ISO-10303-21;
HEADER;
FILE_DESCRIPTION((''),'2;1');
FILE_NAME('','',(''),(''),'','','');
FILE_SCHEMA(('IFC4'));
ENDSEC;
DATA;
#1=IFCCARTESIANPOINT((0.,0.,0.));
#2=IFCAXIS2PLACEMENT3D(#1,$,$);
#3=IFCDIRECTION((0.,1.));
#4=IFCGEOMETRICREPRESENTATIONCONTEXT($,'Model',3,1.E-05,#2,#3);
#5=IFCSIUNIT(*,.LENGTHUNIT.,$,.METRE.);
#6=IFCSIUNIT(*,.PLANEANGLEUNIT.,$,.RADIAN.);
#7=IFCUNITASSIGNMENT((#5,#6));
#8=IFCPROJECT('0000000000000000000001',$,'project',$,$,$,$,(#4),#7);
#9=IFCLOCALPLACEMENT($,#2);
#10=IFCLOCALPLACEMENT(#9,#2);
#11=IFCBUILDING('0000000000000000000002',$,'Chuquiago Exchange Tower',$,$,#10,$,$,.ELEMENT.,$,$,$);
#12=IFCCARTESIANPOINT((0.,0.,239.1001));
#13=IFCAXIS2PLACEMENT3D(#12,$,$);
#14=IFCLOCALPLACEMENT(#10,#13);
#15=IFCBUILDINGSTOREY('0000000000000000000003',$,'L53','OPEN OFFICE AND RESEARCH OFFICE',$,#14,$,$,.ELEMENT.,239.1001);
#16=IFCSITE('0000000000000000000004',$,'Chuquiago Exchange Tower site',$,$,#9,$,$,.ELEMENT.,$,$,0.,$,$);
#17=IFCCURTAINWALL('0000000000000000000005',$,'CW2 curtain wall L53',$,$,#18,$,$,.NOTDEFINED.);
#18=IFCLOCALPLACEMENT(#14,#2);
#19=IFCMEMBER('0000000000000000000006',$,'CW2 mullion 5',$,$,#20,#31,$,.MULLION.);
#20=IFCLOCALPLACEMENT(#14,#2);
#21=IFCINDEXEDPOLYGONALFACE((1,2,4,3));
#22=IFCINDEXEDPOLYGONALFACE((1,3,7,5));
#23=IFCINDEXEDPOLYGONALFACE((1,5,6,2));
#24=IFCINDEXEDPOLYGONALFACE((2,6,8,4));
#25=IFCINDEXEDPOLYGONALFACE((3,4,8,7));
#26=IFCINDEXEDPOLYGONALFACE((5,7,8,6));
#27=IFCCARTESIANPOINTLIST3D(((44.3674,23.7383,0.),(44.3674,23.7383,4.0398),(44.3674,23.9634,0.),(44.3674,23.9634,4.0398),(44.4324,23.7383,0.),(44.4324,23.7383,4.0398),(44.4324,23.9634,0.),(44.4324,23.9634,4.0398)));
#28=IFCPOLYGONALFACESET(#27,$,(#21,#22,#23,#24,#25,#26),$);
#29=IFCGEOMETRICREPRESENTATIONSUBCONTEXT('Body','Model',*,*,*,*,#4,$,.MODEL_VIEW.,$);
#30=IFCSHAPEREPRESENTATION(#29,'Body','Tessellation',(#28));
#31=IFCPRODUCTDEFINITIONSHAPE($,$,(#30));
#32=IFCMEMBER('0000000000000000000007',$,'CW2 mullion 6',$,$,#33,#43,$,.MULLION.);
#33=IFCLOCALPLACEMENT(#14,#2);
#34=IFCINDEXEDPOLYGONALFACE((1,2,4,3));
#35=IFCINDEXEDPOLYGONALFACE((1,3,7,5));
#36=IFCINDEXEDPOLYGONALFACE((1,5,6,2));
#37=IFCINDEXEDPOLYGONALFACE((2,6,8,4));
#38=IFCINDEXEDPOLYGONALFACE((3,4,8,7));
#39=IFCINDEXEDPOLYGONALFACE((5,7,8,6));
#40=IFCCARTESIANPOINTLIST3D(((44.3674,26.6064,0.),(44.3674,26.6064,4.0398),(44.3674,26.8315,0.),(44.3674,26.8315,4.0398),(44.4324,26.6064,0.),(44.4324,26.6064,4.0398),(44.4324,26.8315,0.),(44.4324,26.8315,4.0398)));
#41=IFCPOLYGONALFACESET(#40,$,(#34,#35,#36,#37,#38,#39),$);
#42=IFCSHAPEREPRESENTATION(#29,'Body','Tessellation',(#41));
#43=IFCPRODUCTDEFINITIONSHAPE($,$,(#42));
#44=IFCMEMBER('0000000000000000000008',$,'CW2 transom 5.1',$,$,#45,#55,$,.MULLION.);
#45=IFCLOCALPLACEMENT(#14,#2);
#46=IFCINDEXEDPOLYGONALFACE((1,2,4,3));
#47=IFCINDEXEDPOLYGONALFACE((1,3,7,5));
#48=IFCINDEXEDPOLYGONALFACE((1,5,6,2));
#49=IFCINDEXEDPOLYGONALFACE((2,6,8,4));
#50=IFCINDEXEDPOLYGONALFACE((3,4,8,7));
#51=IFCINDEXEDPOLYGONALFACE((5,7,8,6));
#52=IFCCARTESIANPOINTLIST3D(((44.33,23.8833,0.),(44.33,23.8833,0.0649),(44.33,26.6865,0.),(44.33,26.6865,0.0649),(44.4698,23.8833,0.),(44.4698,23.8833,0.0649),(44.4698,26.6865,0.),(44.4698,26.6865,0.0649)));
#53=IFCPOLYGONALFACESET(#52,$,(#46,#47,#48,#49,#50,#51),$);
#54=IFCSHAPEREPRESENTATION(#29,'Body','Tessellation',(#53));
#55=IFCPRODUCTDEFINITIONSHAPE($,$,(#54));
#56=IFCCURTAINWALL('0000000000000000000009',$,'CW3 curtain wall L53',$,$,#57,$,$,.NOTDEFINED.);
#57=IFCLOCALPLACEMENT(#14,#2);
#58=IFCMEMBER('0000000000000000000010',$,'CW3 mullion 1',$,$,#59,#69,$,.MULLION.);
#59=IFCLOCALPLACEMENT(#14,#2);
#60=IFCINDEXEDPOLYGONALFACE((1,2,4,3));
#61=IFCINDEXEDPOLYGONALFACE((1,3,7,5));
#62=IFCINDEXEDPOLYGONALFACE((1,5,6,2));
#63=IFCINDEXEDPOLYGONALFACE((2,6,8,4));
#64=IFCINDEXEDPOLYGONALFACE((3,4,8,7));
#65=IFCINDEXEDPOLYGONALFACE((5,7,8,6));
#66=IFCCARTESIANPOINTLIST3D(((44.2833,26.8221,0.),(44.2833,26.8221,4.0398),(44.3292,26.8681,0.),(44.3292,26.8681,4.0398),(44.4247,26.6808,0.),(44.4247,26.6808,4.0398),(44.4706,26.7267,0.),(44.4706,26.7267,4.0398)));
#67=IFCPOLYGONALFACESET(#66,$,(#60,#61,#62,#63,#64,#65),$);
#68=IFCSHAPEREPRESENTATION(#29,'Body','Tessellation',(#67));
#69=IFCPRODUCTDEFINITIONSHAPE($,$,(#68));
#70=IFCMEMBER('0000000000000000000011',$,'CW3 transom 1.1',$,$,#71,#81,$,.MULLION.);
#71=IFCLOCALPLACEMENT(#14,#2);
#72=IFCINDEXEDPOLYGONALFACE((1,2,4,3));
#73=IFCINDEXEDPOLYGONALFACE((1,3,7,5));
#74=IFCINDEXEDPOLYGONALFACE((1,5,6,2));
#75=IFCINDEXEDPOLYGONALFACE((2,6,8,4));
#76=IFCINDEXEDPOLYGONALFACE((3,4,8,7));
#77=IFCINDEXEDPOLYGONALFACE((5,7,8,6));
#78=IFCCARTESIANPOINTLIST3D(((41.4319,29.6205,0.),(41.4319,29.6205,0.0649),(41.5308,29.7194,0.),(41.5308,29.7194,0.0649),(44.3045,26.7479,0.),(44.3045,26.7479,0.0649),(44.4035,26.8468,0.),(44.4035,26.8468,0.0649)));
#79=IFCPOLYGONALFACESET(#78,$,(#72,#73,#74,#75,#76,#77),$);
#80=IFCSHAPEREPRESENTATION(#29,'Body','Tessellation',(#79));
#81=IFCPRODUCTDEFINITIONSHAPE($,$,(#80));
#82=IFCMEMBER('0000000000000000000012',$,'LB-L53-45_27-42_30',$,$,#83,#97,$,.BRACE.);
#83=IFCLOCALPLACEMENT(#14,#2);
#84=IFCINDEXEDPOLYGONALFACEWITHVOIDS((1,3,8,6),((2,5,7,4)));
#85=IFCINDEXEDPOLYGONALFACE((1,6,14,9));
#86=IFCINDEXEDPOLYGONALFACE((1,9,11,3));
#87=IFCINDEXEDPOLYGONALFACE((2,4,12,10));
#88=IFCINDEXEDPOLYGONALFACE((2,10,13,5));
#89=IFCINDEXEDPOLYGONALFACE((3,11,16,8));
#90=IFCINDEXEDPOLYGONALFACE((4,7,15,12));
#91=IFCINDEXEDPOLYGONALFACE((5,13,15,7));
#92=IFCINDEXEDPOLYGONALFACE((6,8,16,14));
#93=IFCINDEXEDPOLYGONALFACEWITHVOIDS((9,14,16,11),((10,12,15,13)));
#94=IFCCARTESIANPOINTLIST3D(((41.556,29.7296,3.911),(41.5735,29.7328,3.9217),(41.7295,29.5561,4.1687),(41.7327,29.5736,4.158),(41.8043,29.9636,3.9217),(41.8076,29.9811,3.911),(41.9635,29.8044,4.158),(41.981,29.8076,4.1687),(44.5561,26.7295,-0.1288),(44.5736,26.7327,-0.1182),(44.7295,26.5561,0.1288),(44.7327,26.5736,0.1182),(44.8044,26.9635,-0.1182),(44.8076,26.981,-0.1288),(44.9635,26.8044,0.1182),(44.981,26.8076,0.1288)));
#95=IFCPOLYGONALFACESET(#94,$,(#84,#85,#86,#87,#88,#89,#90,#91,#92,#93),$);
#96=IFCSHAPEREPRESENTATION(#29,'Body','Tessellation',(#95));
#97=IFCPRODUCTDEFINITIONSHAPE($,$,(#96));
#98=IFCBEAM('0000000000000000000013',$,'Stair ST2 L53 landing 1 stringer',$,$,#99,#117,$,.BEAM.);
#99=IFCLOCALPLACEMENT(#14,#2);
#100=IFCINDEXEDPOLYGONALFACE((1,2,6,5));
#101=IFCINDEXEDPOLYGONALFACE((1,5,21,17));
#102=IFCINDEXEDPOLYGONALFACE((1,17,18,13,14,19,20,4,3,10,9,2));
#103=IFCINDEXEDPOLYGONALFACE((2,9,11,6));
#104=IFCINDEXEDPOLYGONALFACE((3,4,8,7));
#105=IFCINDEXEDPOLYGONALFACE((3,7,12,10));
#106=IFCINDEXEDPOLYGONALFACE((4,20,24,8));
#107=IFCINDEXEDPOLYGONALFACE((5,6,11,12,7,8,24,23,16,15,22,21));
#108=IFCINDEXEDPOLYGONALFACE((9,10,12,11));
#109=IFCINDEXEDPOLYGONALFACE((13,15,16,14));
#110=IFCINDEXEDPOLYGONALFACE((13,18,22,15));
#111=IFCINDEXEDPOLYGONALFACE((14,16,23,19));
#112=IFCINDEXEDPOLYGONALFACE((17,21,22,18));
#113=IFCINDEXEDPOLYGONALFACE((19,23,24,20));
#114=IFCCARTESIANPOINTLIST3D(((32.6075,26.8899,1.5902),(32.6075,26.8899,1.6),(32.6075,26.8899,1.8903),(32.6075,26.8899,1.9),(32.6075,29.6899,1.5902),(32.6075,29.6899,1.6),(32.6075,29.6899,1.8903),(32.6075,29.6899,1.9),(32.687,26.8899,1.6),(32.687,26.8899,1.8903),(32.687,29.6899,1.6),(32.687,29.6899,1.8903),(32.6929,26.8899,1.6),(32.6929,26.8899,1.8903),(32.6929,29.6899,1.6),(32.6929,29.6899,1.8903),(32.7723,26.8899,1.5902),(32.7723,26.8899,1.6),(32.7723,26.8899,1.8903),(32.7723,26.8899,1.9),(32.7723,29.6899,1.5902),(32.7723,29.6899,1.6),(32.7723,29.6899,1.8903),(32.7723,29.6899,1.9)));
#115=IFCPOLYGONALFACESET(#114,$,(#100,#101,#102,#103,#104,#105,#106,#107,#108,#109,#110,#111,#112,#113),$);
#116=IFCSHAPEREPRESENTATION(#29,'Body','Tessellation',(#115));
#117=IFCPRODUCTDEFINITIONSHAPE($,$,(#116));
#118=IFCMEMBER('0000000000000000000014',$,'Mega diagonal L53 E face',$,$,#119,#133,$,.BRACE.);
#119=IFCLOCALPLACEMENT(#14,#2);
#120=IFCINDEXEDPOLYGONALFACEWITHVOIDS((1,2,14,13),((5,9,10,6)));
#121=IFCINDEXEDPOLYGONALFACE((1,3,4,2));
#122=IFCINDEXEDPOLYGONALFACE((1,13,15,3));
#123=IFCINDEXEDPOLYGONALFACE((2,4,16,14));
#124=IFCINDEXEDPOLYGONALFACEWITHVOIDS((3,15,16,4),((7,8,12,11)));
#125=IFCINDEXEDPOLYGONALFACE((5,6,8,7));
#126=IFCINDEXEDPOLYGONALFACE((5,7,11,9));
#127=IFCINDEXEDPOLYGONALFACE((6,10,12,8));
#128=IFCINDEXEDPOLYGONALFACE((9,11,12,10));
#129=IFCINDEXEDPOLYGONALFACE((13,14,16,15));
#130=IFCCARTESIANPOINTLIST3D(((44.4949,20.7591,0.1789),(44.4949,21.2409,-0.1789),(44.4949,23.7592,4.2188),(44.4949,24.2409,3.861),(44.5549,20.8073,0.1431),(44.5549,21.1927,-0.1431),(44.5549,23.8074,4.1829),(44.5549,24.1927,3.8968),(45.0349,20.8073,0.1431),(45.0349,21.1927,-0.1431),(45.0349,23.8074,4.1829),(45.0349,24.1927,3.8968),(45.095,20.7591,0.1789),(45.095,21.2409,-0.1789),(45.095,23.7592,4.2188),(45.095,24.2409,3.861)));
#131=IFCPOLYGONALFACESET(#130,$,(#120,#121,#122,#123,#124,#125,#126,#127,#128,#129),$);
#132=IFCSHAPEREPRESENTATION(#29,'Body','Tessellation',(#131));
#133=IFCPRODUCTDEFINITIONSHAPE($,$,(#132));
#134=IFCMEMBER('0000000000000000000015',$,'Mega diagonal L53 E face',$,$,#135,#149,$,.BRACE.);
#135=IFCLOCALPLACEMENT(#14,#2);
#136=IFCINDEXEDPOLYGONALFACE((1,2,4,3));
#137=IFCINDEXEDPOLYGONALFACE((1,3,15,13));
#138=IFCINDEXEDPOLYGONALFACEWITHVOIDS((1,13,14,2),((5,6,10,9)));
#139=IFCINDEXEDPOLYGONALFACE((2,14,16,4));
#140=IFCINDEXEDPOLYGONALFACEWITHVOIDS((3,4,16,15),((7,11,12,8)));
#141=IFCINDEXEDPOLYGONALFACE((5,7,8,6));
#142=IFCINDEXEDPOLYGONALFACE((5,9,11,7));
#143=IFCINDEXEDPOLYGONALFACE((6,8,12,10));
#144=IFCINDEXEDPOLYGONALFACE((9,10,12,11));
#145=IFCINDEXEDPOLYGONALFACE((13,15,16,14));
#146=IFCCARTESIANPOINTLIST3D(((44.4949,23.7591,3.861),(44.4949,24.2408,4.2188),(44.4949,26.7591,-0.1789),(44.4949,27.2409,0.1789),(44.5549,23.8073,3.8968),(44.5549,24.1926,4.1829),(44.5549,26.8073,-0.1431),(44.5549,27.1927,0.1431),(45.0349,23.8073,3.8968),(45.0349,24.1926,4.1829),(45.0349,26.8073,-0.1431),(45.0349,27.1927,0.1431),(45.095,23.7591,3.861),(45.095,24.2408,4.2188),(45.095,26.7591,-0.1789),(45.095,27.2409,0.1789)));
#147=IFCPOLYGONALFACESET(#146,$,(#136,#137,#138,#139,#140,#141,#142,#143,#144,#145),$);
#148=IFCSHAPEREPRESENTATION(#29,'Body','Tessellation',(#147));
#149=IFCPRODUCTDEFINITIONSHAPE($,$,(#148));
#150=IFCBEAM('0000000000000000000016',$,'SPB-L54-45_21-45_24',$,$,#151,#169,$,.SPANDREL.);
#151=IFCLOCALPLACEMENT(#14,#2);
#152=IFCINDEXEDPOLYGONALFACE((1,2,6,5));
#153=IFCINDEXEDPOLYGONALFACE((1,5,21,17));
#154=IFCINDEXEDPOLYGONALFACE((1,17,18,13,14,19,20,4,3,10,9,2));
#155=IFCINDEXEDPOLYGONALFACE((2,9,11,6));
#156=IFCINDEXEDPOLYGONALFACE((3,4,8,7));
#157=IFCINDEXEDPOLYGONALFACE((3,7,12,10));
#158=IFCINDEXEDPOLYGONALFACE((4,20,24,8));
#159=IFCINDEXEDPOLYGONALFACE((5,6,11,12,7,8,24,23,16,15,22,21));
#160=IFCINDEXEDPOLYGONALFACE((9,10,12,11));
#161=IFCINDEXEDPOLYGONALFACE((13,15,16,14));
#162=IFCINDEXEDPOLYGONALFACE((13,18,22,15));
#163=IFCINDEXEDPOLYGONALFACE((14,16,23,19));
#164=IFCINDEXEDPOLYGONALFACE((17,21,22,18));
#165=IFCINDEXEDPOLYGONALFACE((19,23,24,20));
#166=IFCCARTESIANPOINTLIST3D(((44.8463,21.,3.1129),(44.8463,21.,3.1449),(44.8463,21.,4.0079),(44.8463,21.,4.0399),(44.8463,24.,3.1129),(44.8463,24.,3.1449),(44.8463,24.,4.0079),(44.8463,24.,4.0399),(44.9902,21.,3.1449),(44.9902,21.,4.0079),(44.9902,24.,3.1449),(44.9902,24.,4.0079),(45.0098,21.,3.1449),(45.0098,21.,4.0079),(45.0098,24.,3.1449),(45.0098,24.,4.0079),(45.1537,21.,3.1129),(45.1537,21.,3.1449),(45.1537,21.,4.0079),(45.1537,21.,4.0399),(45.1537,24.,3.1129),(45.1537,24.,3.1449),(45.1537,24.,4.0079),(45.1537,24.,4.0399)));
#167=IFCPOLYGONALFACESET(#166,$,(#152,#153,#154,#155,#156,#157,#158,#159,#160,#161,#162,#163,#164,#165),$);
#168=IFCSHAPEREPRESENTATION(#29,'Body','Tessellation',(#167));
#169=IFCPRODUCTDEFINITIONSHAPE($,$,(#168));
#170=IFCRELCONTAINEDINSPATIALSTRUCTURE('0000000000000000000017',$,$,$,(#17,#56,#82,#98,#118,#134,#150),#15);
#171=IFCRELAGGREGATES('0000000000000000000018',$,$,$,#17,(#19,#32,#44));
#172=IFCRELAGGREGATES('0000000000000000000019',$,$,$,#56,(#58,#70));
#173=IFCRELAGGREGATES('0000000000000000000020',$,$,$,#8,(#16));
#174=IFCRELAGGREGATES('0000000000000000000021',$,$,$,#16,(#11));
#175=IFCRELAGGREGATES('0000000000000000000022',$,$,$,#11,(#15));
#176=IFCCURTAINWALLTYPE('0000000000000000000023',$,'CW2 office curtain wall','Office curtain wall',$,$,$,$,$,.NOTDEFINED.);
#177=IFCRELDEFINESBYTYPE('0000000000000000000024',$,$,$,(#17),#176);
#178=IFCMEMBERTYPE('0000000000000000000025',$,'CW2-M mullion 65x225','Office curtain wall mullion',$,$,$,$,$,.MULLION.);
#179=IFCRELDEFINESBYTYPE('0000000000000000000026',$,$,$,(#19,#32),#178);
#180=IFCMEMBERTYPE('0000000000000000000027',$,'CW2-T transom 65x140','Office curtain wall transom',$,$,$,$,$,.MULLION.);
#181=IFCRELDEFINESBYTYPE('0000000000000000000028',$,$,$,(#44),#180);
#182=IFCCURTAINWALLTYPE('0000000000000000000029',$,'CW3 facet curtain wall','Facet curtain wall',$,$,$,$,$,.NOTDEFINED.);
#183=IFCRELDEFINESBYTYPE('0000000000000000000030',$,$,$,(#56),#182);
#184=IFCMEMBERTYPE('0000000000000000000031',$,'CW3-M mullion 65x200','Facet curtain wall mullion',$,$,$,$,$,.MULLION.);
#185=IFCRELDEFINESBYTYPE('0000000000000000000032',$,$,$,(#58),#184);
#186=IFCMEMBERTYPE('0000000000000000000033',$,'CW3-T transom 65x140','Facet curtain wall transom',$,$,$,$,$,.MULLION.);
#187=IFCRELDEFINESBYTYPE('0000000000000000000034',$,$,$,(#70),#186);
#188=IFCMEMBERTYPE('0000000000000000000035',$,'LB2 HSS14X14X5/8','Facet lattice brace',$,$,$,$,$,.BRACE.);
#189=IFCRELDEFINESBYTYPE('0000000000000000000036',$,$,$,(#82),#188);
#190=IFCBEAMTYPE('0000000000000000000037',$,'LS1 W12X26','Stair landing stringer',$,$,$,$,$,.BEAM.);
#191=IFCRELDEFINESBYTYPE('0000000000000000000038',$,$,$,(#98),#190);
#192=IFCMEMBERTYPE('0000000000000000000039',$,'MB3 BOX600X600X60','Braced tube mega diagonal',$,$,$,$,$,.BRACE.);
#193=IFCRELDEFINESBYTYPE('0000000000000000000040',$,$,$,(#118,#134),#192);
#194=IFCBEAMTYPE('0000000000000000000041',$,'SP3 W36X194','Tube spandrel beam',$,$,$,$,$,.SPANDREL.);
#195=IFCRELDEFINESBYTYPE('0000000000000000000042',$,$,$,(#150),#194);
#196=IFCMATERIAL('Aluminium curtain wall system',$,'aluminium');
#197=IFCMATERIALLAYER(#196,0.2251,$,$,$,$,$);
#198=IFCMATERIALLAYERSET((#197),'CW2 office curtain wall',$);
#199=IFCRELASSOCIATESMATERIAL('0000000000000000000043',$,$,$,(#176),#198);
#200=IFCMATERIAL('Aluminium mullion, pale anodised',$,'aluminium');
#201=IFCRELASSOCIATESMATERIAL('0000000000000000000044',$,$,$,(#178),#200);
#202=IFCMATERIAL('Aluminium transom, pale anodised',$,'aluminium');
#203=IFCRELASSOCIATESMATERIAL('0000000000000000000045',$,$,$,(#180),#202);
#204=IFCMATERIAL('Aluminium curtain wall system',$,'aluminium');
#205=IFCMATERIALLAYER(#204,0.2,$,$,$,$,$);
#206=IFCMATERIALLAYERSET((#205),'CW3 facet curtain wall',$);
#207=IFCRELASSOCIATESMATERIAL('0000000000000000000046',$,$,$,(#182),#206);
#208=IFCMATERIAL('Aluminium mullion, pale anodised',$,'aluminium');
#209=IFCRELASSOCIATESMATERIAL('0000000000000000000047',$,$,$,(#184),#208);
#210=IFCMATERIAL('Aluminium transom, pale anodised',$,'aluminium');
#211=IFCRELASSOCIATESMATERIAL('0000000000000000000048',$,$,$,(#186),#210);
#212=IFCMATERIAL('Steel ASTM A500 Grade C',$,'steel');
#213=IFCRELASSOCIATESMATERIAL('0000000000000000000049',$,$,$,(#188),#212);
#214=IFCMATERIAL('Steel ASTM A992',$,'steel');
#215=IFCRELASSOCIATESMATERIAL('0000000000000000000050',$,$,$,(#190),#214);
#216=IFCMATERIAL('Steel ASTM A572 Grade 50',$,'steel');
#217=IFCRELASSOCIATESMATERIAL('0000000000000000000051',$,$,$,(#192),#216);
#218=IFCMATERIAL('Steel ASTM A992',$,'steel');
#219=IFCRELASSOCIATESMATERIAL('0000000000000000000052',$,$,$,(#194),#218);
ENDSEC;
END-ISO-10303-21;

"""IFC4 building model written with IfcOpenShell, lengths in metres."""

from ifc_helpers import new_model, si_unit, direction, frame, origin, origin_2d, place, context, subcontext, project, spatial, rectangle, hollow_rectangle, i_section, extrude, material, layer, layer_set, material_profile, profile_set, type_object, element, aggregate, save


model = new_model("IFC4")

# Units and contexts
model_context = context("Model", 3, precision=1e-05, world=origin(), true_north=direction((0.0, 1.0)))
body_context = subcontext(model_context, "Body", "Model", "MODEL_VIEW")
ifc_project = project(units=[si_unit("LENGTHUNIT", "METRE"), si_unit("PLANEANGLEUNIT", "RADIAN")], contexts=[model_context])

# Site, building, storey
site_placement = place(None, origin())
site = spatial("IfcSite", under=ifc_project, at=site_placement, Name="Chuquiago Exchange Tower site", CompositionType="ELEMENT", RefElevation=0.0)
building_placement = place(site_placement, origin())
building = spatial("IfcBuilding", under=site, at=building_placement, Name="Chuquiago Exchange Tower", CompositionType="ELEMENT")
storey_placement = place(building_placement, frame((0.0, 0.0, 239.1001)))
storey = spatial("IfcBuildingStorey", under=building, at=storey_placement, Name="L53", Description="OPEN OFFICE AND RESEARCH OFFICE", CompositionType="ELEMENT", Elevation=239.1001)

# Curtain walls, members
ifc_material_1 = material(Name="Aluminium curtain wall system", Category="aluminium")
ifc_layer_1 = layer(ifc_material_1, 0.2251)
ifc_layer_set_1 = layer_set([ifc_layer_1], Name="CW2 office curtain wall")
curtain_wall_type_1 = type_object("IfcCurtainWallType", Name="CW2 office curtain wall", Description="Office curtain wall", PredefinedType="NOTDEFINED", material=ifc_layer_set_1)
curtain_wall_1_placement = place(storey_placement, origin())
curtain_wall_1 = element("IfcCurtainWall", 1, at=curtain_wall_1_placement, inside=storey, type_object=curtain_wall_type_1, Name="CW2 curtain wall L53", PredefinedType="NOTDEFINED")
ifc_material_2 = material(Name="Aluminium mullion, pale anodised", Category="aluminium")
ifc_material_profile_1 = material_profile(ifc_material_2, rectangle(XDim=0.0649, YDim=0.2251, at=origin_2d()), Name="AL 65x225")
ifc_profile_set_1 = profile_set([ifc_material_profile_1], Name="Aluminium mullion, pale anodised")
member_type_1 = type_object("IfcMemberType", Name="CW2-M mullion 65x225", Description="Office curtain wall mullion", PredefinedType="MULLION", material=ifc_profile_set_1)
member_1_placement = place(storey_placement, frame((44.3999, 23.8508, 0.0), z_axis=(0.0, 0.0, 1.0), x_axis=(-1.0, 0.0, 0.0)))
member_1 = element("IfcMember", 2, at=member_1_placement, type_object=member_type_1, Name="CW2 mullion 5", PredefinedType="MULLION", context=body_context, shape_type="SweptSolid", body=[
    extrude(rectangle(XDim=0.0649, YDim=0.2251, at=origin_2d()), origin(), (0.0, 0.0, 1.0), 4.0398),
])
member_2_placement = place(storey_placement, frame((44.3999, 26.719, 0.0), z_axis=(0.0, 0.0, 1.0), x_axis=(-1.0, 0.0, 0.0)))
member_2 = element("IfcMember", 3, at=member_2_placement, type_object=member_type_1, Name="CW2 mullion 6", PredefinedType="MULLION", context=body_context, shape_type="SweptSolid", body=[
    extrude(rectangle(XDim=0.0649, YDim=0.2251, at=origin_2d()), origin(), (0.0, 0.0, 1.0), 4.0398),
])
ifc_material_3 = material(Name="Aluminium transom, pale anodised", Category="aluminium")
ifc_material_profile_2 = material_profile(ifc_material_3, rectangle(XDim=0.1399, YDim=0.0649, at=origin_2d()), Name="AL 140x65")
ifc_profile_set_2 = profile_set([ifc_material_profile_2], Name="Aluminium transom, pale anodised")
member_type_2 = type_object("IfcMemberType", Name="CW2-T transom 65x140", Description="Office curtain wall transom", PredefinedType="MULLION", material=ifc_profile_set_2)
member_3_placement = place(storey_placement, frame((44.3999, 23.8833, 0.0325), z_axis=(0.0, 1.0, 0.0), x_axis=(-1.0, 0.0, 0.0)))
member_3 = element("IfcMember", 4, at=member_3_placement, type_object=member_type_2, Name="CW2 transom 5.1", PredefinedType="MULLION", context=body_context, shape_type="SweptSolid", body=[
    extrude(rectangle(XDim=0.1399, YDim=0.0649, at=origin_2d()), origin(), (0.0, 0.0, 1.0), 2.8032),
])
ifc_material_4 = material(Name="Aluminium curtain wall system", Category="aluminium")
ifc_layer_2 = layer(ifc_material_4, 0.2)
ifc_layer_set_2 = layer_set([ifc_layer_2], Name="CW3 facet curtain wall")
curtain_wall_type_2 = type_object("IfcCurtainWallType", Name="CW3 facet curtain wall", Description="Facet curtain wall", PredefinedType="NOTDEFINED", material=ifc_layer_set_2)
curtain_wall_2_placement = place(storey_placement, origin())
curtain_wall_2 = element("IfcCurtainWall", 5, at=curtain_wall_2_placement, inside=storey, type_object=curtain_wall_type_2, Name="CW3 curtain wall L53", PredefinedType="NOTDEFINED")
ifc_material_5 = material(Name="Aluminium mullion, pale anodised", Category="aluminium")
ifc_material_profile_3 = material_profile(ifc_material_5, rectangle(XDim=0.0649, YDim=0.2, at=origin_2d()), Name="AL 65x200")
ifc_profile_set_3 = profile_set([ifc_material_profile_3], Name="Aluminium mullion, pale anodised")
member_type_3 = type_object("IfcMemberType", Name="CW3-M mullion 65x200", Description="Facet curtain wall mullion", PredefinedType="MULLION", material=ifc_profile_set_3)
member_4_placement = place(storey_placement, frame((44.377, 26.7744, 0.0), z_axis=(0.0, 0.0, 1.0), x_axis=(-0.707107, -0.707107, 0.0)))
member_4 = element("IfcMember", 6, at=member_4_placement, type_object=member_type_3, Name="CW3 mullion 1", PredefinedType="MULLION", context=body_context, shape_type="SweptSolid", body=[
    extrude(rectangle(XDim=0.0649, YDim=0.2, at=origin_2d()), origin(), (0.0, 0.0, 1.0), 4.0398),
])
ifc_material_6 = material(Name="Aluminium transom, pale anodised", Category="aluminium")
ifc_material_profile_4 = material_profile(ifc_material_6, rectangle(XDim=0.1399, YDim=0.0649, at=origin_2d()), Name="AL 140x65")
ifc_profile_set_4 = profile_set([ifc_material_profile_4], Name="Aluminium transom, pale anodised")
member_type_4 = type_object("IfcMemberType", Name="CW3-T transom 65x140", Description="Facet curtain wall transom", PredefinedType="MULLION", material=ifc_profile_set_4)
member_5_placement = place(storey_placement, frame((44.354, 26.7974, 0.0325), z_axis=(-0.707107, 0.707107, 0.0), x_axis=(-0.707107, -0.707107, 0.0)))
member_5 = element("IfcMember", 7, at=member_5_placement, type_object=member_type_4, Name="CW3 transom 1.1", PredefinedType="MULLION", context=body_context, shape_type="SweptSolid", body=[
    extrude(rectangle(XDim=0.1399, YDim=0.0649, at=origin_2d()), origin(), (0.0, 0.0, 1.0), 4.0625),
])

# Member
ifc_material_7 = material(Name="Steel ASTM A500 Grade C", Category="steel")
ifc_material_profile_5 = material_profile(ifc_material_7, hollow_rectangle(XDim=0.3557, YDim=0.3557, WallThickness=0.0146, at=origin_2d()), Name="HSS14X14X5/8")
ifc_profile_set_5 = profile_set([ifc_material_profile_5], Name="Steel ASTM A500 Grade C")
member_type_5 = type_object("IfcMemberType", Name="LB2 HSS14X14X5/8", Description="Facet lattice brace", PredefinedType="BRACE", material=ifc_profile_set_5)
member_6_placement = place(storey_placement, frame((44.7686, 26.7686, 0.0), z_axis=(-0.512092, 0.512092, 0.689582), x_axis=(-0.707107, -0.707107, 0.0)))
element("IfcMember", 8, at=member_6_placement, inside=storey, type_object=member_type_5, Name="LB-L53-45_27-42_30", PredefinedType="BRACE", context=body_context, shape_type="SweptSolid", body=[
    extrude(hollow_rectangle(XDim=0.3557, YDim=0.3557, WallThickness=0.0146, at=origin_2d()), origin(), (0.0, 0.0, 1.0), 5.8584),
])

# Beam
ifc_material_8 = material(Name="Steel ASTM A992", Category="steel")
ifc_material_profile_6 = material_profile(ifc_material_8, i_section(OverallWidth=0.1648, OverallDepth=0.3098, WebThickness=0.0059, FlangeThickness=0.0098, at=origin_2d()), Name="W12X26")
ifc_profile_set_6 = profile_set([ifc_material_profile_6], Name="Steel ASTM A992")
beam_type_1 = type_object("IfcBeamType", Name="LS1 W12X26", Description="Stair landing stringer", PredefinedType="BEAM", material=ifc_profile_set_6)
beam_1_placement = place(storey_placement, frame((32.6899, 26.8899, 1.7451), z_axis=(0.0, 1.0, 0.0), x_axis=(-1.0, 0.0, 0.0)))
element("IfcBeam", 9, at=beam_1_placement, inside=storey, type_object=beam_type_1, Name="Stair ST2 L53 landing 1 stringer", PredefinedType="BEAM", context=body_context, shape_type="SweptSolid", body=[
    extrude(i_section(OverallWidth=0.1648, OverallDepth=0.3098, WebThickness=0.0059, FlangeThickness=0.0098, at=origin_2d()), origin(), (0.0, 0.0, 1.0), 2.8),
])

# Members
ifc_material_9 = material(Name="Steel ASTM A572 Grade 50", Category="steel")
ifc_material_profile_7 = material_profile(ifc_material_9, hollow_rectangle(XDim=0.6001, YDim=0.6001, WallThickness=0.0601, at=origin_2d()), Name="BOX600X600X60")
ifc_profile_set_7 = profile_set([ifc_material_profile_7], Name="Steel ASTM A572 Grade 50")
member_type_6 = type_object("IfcMemberType", Name="MB3 BOX600X600X60", Description="Braced tube mega diagonal", PredefinedType="BRACE", material=ifc_profile_set_7)
for number, where, z_axis, x_axis, name in (
    (10, (44.7949, 21.0, 0.0), (0.0, 0.596197, 0.802838), (-1.0, 0.0, 0.0), "Mega diagonal L53 E face"),
    (11, (44.7949, 27.0, 0.0), (0.0, -0.596197, 0.802838), (1.0, 0.0, 0.0), "Mega diagonal L53 E face"),
):
    element("IfcMember", number, at=place(storey_placement, frame(where, z_axis=z_axis, x_axis=x_axis)), inside=storey, type_object=member_type_6, Name=name, PredefinedType="BRACE", context=body_context, shape_type="SweptSolid", body=[
        extrude(hollow_rectangle(XDim=0.6001, YDim=0.6001, WallThickness=0.0601, at=origin_2d()), origin(), (0.0, 0.0, 1.0), 5.032),
    ])

# Beam
ifc_material_10 = material(Name="Steel ASTM A992", Category="steel")
ifc_material_profile_8 = material_profile(ifc_material_10, i_section(OverallWidth=0.3074, OverallDepth=0.927, WebThickness=0.0195, FlangeThickness=0.032, at=origin_2d()), Name="W36X194")
ifc_profile_set_8 = profile_set([ifc_material_profile_8], Name="Steel ASTM A992")
beam_type_2 = type_object("IfcBeamType", Name="SP3 W36X194", Description="Tube spandrel beam", PredefinedType="SPANDREL", material=ifc_profile_set_8)
for number, where, z_axis, x_axis, name in (
    (12, (45.0, 21.0, 3.5764), (0.0, 1.0, 0.0), (-1.0, 0.0, 0.0), "SPB-L54-45_21-45_24"),
):
    element("IfcBeam", number, at=place(storey_placement, frame(where, z_axis=z_axis, x_axis=x_axis)), inside=storey, type_object=beam_type_2, Name=name, PredefinedType="SPANDREL", context=body_context, shape_type="SweptSolid", body=[
        extrude(i_section(OverallWidth=0.3074, OverallDepth=0.927, WebThickness=0.0195, FlangeThickness=0.032, at=origin_2d()), origin(), (0.0, 0.0, 1.0), 3.0),
    ])

aggregate(curtain_wall_1, [member_1, member_2, member_3])
aggregate(curtain_wall_2, [member_4, member_5])

save(model, "model.ifc")
